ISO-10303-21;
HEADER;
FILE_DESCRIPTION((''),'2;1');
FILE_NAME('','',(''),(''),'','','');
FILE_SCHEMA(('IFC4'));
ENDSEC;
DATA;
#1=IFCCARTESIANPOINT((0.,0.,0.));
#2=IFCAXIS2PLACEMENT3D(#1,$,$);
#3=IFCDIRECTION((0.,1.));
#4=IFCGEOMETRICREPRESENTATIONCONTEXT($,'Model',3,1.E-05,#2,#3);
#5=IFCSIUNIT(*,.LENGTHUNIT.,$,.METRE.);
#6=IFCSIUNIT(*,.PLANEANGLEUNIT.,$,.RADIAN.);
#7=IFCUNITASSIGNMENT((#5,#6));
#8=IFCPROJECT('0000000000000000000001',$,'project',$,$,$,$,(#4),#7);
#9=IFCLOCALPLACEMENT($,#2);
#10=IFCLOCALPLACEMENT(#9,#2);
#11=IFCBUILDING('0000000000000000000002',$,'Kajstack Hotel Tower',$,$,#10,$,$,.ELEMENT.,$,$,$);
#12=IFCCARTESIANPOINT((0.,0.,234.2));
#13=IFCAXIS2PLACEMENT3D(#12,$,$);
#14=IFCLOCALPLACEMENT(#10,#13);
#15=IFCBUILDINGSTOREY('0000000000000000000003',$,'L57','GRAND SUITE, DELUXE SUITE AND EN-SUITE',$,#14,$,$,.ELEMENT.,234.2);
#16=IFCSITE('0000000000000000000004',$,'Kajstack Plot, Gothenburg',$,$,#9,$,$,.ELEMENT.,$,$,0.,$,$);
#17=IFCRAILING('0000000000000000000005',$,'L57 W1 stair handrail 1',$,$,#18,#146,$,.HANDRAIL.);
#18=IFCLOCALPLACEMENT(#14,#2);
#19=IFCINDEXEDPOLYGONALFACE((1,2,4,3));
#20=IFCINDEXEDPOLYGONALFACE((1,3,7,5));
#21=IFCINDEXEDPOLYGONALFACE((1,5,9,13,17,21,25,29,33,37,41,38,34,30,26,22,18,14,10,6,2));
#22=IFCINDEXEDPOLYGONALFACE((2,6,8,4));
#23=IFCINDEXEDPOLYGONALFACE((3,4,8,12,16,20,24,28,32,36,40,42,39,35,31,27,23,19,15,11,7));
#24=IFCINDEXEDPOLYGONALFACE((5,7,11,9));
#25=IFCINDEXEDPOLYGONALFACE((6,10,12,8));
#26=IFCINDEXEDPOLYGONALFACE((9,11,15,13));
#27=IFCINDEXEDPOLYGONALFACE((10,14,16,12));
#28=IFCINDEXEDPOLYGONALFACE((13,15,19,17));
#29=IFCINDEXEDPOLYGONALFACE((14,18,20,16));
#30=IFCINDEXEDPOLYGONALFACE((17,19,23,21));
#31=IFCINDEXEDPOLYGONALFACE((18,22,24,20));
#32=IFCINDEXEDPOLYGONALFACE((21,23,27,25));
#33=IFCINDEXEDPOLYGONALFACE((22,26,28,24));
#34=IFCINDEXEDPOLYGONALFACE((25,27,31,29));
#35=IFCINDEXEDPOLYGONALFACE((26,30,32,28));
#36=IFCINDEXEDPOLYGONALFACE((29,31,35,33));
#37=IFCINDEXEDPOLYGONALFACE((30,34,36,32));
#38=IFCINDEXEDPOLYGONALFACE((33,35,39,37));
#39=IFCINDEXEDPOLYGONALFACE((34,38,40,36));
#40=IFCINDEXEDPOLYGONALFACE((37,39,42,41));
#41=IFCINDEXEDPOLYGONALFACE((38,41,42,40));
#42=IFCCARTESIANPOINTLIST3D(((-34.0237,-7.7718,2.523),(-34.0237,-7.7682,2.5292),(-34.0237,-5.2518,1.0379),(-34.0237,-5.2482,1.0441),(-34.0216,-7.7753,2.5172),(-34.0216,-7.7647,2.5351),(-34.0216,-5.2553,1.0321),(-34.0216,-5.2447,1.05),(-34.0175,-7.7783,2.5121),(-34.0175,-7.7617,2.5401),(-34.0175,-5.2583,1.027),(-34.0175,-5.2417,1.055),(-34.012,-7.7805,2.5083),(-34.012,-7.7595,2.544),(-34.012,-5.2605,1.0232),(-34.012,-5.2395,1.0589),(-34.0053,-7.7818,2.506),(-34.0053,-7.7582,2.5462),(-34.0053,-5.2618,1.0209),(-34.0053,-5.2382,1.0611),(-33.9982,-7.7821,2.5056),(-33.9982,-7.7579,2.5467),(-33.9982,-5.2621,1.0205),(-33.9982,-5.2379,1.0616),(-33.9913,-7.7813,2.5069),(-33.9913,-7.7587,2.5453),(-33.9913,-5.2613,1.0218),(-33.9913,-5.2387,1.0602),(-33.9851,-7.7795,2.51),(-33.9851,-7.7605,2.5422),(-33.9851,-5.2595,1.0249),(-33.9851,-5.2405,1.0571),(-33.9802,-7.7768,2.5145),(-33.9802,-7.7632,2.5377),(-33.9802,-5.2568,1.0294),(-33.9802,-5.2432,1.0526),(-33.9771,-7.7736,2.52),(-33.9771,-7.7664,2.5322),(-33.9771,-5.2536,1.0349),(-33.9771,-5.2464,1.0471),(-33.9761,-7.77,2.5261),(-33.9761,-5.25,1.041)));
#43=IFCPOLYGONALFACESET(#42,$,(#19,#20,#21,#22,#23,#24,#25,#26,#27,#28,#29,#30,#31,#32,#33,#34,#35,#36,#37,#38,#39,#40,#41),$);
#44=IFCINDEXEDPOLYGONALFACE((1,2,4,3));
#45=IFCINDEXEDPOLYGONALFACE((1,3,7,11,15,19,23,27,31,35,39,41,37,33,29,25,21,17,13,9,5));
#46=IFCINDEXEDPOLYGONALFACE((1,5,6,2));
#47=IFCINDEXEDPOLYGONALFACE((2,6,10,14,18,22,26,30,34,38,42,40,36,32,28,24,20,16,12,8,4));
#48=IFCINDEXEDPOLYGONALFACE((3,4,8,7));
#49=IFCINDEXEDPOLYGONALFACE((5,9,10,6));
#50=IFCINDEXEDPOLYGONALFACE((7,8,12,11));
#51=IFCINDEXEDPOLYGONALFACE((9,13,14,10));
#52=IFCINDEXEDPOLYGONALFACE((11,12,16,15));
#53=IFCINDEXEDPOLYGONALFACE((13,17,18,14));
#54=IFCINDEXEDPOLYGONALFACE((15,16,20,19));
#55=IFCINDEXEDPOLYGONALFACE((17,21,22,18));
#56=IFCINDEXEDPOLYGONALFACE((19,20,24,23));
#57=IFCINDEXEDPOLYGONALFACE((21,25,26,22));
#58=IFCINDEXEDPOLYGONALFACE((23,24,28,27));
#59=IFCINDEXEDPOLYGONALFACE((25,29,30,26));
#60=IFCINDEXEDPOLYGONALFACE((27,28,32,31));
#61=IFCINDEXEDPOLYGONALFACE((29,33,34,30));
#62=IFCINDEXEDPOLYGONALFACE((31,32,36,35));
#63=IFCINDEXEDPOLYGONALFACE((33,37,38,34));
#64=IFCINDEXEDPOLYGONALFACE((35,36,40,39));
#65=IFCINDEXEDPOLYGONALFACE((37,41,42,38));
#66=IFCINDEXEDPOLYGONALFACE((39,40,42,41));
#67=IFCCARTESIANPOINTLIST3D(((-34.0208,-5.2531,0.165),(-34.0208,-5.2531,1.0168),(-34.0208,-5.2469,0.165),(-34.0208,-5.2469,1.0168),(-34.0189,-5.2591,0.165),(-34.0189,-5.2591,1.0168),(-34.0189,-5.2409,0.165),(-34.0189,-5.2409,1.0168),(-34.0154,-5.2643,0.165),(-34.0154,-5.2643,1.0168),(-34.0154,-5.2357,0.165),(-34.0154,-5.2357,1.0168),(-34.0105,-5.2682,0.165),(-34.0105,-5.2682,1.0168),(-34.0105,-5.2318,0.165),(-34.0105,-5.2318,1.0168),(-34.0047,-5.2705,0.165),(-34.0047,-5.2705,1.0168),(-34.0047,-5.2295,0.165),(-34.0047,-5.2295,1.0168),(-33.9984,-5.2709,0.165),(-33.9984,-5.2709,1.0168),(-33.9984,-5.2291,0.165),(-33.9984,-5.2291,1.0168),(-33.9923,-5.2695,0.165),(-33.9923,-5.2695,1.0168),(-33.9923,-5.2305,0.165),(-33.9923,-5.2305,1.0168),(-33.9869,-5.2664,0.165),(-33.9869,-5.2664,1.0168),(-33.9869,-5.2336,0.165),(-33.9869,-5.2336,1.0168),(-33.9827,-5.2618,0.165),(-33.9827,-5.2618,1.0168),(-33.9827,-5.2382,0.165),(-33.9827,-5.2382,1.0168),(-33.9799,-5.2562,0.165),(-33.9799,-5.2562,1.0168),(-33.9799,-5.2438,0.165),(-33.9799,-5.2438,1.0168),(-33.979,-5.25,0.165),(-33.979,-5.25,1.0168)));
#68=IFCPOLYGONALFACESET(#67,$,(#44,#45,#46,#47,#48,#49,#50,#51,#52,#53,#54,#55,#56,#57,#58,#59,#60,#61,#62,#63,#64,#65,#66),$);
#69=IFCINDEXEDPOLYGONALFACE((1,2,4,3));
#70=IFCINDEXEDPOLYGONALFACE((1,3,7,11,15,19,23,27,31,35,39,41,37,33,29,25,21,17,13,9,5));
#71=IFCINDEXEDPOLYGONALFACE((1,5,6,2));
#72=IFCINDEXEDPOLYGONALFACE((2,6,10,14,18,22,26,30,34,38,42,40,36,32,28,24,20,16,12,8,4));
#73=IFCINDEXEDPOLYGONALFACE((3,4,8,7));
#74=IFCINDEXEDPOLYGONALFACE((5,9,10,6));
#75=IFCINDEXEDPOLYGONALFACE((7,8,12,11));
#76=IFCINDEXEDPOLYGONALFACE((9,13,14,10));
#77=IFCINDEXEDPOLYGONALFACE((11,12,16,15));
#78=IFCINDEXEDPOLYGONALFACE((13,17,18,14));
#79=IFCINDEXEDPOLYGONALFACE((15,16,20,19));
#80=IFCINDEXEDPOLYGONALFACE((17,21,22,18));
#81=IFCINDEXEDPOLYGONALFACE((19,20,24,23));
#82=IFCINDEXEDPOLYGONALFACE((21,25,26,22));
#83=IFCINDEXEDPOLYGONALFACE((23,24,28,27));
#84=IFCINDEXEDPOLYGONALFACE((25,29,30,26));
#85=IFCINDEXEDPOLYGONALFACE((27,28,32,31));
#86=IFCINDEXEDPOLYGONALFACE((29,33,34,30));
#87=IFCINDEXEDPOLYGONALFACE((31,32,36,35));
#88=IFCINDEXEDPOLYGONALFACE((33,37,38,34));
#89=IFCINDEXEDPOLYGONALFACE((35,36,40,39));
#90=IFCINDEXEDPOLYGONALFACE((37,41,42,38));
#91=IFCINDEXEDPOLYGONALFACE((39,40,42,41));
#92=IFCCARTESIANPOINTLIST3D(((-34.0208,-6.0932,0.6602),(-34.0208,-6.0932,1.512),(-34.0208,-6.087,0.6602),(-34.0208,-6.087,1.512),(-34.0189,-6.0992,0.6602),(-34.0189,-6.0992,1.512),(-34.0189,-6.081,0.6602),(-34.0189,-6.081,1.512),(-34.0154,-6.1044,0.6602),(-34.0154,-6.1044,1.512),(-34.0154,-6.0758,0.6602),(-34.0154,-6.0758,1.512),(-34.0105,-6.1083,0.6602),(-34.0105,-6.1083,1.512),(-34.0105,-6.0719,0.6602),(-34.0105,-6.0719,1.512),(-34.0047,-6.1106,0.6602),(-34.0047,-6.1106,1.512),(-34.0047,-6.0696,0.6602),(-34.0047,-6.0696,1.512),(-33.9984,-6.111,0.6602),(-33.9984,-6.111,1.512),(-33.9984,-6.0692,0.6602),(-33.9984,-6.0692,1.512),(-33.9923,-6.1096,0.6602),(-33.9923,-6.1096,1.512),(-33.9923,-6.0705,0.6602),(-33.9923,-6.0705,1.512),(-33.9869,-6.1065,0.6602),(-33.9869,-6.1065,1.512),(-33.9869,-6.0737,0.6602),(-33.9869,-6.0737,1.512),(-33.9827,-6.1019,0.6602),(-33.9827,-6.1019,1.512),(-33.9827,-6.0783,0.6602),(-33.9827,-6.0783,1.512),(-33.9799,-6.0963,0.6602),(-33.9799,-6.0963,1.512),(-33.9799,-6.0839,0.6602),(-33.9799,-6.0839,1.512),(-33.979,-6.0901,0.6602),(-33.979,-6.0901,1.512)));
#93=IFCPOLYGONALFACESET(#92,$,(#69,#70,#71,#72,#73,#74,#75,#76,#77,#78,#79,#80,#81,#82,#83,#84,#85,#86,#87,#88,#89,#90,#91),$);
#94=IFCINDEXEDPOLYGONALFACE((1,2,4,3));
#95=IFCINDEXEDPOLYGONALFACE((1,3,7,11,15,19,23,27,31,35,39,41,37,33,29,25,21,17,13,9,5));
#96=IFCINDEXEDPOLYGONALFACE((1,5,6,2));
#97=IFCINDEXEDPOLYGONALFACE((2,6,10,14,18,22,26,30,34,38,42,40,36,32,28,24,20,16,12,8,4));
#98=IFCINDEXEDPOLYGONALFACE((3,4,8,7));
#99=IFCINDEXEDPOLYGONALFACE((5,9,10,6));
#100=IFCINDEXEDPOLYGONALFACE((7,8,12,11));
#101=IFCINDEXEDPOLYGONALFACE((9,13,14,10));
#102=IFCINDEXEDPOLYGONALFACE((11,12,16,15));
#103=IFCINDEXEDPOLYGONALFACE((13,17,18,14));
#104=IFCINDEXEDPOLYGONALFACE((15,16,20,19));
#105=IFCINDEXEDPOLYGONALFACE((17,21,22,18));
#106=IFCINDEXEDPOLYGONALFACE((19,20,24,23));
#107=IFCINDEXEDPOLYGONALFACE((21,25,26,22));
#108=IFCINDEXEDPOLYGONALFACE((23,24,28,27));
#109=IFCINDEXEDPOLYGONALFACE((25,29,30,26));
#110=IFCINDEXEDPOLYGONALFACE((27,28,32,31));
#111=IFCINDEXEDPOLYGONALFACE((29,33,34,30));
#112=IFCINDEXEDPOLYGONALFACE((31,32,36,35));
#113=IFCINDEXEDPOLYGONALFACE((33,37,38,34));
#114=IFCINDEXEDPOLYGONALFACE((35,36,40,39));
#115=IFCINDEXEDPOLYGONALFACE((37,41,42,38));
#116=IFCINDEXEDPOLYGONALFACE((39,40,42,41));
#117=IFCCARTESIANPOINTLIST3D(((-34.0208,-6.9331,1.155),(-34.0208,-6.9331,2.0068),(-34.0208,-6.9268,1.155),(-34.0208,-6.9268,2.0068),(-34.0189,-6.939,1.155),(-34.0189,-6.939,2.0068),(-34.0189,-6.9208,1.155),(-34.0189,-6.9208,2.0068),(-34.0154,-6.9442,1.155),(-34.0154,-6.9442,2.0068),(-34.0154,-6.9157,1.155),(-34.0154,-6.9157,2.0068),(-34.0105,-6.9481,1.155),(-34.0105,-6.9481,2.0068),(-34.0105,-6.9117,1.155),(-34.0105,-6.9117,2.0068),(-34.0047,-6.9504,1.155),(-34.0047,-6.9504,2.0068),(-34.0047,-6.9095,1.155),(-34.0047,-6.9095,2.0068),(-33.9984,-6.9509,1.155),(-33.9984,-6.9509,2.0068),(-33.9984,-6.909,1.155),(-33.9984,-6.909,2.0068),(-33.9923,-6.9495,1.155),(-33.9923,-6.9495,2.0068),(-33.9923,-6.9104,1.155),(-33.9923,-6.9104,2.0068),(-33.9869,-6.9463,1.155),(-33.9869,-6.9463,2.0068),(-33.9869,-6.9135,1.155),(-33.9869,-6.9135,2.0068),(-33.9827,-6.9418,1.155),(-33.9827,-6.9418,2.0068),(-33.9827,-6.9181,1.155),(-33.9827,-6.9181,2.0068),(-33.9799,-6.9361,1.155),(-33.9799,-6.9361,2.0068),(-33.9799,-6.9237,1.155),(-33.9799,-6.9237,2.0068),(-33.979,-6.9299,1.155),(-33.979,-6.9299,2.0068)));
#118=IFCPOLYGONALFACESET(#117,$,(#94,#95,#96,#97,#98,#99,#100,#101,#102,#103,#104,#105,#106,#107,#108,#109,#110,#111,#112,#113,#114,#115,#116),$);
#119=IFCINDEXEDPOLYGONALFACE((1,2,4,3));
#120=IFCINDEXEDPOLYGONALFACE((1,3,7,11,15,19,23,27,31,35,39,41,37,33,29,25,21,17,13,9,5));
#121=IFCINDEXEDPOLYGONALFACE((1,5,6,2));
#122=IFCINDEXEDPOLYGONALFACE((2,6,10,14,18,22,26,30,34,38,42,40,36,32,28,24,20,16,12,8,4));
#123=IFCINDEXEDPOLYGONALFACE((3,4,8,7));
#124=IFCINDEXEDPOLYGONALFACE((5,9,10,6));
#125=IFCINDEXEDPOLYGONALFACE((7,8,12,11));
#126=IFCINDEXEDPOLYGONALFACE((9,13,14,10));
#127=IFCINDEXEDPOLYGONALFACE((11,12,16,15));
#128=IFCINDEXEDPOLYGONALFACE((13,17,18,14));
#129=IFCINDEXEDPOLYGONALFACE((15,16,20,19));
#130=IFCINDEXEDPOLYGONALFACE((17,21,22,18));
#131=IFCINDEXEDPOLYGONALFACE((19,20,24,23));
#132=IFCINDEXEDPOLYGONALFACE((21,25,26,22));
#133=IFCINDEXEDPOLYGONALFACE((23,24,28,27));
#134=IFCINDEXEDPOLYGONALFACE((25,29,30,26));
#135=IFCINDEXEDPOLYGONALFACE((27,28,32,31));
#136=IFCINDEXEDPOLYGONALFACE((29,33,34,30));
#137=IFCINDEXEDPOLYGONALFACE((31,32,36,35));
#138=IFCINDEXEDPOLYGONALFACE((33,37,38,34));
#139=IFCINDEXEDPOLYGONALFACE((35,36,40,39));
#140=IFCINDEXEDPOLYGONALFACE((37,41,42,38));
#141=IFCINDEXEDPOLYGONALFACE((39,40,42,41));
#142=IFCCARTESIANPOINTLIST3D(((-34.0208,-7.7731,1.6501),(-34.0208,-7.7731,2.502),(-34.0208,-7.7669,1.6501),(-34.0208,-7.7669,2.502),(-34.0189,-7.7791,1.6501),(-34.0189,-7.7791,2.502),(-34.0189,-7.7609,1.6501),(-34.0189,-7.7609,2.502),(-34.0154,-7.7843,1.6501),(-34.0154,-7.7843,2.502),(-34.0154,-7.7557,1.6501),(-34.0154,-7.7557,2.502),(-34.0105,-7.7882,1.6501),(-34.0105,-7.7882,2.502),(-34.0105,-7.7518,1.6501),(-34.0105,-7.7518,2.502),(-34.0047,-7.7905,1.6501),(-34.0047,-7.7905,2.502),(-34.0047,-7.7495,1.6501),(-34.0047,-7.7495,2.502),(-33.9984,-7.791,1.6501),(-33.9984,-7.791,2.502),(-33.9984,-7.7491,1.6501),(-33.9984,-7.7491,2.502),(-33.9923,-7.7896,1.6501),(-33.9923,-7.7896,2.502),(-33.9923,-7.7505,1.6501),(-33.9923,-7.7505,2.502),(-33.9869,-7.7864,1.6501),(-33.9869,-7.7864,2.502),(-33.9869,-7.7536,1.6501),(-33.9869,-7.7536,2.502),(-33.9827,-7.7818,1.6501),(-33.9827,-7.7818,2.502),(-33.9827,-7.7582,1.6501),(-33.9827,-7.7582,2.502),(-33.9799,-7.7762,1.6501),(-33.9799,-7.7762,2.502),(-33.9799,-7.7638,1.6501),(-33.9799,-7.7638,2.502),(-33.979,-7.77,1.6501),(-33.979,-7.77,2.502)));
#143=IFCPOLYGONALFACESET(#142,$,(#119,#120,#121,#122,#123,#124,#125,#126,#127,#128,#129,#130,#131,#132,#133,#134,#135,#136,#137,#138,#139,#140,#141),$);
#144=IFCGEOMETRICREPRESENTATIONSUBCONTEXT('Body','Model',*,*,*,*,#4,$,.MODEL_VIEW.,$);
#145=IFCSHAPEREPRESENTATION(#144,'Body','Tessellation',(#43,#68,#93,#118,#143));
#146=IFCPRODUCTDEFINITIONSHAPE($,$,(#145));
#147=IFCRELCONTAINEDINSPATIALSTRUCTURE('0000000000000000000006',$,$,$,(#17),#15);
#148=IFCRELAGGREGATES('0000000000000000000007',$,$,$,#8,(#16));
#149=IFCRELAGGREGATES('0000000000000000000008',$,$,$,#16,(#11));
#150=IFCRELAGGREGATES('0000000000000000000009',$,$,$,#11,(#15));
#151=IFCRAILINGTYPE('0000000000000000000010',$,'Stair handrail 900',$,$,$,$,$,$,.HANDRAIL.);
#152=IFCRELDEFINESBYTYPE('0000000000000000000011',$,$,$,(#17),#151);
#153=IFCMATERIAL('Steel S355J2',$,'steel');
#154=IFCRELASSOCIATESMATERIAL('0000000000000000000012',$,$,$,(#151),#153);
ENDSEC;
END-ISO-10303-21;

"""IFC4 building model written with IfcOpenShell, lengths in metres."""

from ifc_helpers import new_model, si_unit, direction, frame, origin, origin_2d, place, context, subcontext, project, spatial, circle, extrude, material, type_object, element, save


model = new_model("IFC4")

# Units and contexts
model_context = context("Model", 3, precision=1e-05, world=origin(), true_north=direction((0.0, 1.0)))
body_context = subcontext(model_context, "Body", "Model", "MODEL_VIEW")
ifc_project = project(units=[si_unit("LENGTHUNIT", "METRE"), si_unit("PLANEANGLEUNIT", "RADIAN")], contexts=[model_context])

# Site, building, storey
site_placement = place(None, origin())
site = spatial("IfcSite", under=ifc_project, at=site_placement, Name="Kajstack Plot, Gothenburg", CompositionType="ELEMENT", RefElevation=0.0)
building_placement = place(site_placement, origin())
building = spatial("IfcBuilding", under=site, at=building_placement, Name="Kajstack Hotel Tower", CompositionType="ELEMENT")
storey_placement = place(building_placement, frame((0.0, 0.0, 234.2)))
storey = spatial("IfcBuildingStorey", under=building, at=storey_placement, Name="L57", Description="GRAND SUITE, DELUXE SUITE AND EN-SUITE", CompositionType="ELEMENT", Elevation=234.2)

# Railing
ifc_material_1 = material(Name="Steel S355J2", Category="steel")
railing_type_1 = type_object("IfcRailingType", Name="Stair handrail 900", PredefinedType="HANDRAIL", material=ifc_material_1)
railing_1_placement = place(storey_placement, frame((-34.0, -5.25, 0.165)))
element("IfcRailing", 1, at=railing_1_placement, inside=storey, type_object=railing_type_1, Name="L57 W1 stair handrail 1", PredefinedType="HANDRAIL", context=body_context, shape_type="SweptSolid", body=[
    extrude(circle(Radius=0.0239, at=origin_2d()), frame((0.0, 0.0, 0.876), z_axis=(0.0, -0.861524, 0.507717), x_axis=(1.0, 0.0, 0.0)), (0.0, 0.0, 1.0), 2.925),
    extrude(circle(Radius=0.021, at=origin_2d()), origin(), (0.0, 0.0, 1.0), 0.8518),
    extrude(circle(Radius=0.021, at=origin_2d()), frame((0.0, -0.8401, 0.4951)), (0.0, 0.0, 1.0), 0.8518),
    extrude(circle(Radius=0.021, at=origin_2d()), frame((0.0, -1.6799, 0.99)), (0.0, 0.0, 1.0), 0.8518),
    extrude(circle(Radius=0.021, at=origin_2d()), frame((0.0, -2.52, 1.4851)), (0.0, 0.0, 1.0), 0.8518),
])

save(model, "model.ifc")
